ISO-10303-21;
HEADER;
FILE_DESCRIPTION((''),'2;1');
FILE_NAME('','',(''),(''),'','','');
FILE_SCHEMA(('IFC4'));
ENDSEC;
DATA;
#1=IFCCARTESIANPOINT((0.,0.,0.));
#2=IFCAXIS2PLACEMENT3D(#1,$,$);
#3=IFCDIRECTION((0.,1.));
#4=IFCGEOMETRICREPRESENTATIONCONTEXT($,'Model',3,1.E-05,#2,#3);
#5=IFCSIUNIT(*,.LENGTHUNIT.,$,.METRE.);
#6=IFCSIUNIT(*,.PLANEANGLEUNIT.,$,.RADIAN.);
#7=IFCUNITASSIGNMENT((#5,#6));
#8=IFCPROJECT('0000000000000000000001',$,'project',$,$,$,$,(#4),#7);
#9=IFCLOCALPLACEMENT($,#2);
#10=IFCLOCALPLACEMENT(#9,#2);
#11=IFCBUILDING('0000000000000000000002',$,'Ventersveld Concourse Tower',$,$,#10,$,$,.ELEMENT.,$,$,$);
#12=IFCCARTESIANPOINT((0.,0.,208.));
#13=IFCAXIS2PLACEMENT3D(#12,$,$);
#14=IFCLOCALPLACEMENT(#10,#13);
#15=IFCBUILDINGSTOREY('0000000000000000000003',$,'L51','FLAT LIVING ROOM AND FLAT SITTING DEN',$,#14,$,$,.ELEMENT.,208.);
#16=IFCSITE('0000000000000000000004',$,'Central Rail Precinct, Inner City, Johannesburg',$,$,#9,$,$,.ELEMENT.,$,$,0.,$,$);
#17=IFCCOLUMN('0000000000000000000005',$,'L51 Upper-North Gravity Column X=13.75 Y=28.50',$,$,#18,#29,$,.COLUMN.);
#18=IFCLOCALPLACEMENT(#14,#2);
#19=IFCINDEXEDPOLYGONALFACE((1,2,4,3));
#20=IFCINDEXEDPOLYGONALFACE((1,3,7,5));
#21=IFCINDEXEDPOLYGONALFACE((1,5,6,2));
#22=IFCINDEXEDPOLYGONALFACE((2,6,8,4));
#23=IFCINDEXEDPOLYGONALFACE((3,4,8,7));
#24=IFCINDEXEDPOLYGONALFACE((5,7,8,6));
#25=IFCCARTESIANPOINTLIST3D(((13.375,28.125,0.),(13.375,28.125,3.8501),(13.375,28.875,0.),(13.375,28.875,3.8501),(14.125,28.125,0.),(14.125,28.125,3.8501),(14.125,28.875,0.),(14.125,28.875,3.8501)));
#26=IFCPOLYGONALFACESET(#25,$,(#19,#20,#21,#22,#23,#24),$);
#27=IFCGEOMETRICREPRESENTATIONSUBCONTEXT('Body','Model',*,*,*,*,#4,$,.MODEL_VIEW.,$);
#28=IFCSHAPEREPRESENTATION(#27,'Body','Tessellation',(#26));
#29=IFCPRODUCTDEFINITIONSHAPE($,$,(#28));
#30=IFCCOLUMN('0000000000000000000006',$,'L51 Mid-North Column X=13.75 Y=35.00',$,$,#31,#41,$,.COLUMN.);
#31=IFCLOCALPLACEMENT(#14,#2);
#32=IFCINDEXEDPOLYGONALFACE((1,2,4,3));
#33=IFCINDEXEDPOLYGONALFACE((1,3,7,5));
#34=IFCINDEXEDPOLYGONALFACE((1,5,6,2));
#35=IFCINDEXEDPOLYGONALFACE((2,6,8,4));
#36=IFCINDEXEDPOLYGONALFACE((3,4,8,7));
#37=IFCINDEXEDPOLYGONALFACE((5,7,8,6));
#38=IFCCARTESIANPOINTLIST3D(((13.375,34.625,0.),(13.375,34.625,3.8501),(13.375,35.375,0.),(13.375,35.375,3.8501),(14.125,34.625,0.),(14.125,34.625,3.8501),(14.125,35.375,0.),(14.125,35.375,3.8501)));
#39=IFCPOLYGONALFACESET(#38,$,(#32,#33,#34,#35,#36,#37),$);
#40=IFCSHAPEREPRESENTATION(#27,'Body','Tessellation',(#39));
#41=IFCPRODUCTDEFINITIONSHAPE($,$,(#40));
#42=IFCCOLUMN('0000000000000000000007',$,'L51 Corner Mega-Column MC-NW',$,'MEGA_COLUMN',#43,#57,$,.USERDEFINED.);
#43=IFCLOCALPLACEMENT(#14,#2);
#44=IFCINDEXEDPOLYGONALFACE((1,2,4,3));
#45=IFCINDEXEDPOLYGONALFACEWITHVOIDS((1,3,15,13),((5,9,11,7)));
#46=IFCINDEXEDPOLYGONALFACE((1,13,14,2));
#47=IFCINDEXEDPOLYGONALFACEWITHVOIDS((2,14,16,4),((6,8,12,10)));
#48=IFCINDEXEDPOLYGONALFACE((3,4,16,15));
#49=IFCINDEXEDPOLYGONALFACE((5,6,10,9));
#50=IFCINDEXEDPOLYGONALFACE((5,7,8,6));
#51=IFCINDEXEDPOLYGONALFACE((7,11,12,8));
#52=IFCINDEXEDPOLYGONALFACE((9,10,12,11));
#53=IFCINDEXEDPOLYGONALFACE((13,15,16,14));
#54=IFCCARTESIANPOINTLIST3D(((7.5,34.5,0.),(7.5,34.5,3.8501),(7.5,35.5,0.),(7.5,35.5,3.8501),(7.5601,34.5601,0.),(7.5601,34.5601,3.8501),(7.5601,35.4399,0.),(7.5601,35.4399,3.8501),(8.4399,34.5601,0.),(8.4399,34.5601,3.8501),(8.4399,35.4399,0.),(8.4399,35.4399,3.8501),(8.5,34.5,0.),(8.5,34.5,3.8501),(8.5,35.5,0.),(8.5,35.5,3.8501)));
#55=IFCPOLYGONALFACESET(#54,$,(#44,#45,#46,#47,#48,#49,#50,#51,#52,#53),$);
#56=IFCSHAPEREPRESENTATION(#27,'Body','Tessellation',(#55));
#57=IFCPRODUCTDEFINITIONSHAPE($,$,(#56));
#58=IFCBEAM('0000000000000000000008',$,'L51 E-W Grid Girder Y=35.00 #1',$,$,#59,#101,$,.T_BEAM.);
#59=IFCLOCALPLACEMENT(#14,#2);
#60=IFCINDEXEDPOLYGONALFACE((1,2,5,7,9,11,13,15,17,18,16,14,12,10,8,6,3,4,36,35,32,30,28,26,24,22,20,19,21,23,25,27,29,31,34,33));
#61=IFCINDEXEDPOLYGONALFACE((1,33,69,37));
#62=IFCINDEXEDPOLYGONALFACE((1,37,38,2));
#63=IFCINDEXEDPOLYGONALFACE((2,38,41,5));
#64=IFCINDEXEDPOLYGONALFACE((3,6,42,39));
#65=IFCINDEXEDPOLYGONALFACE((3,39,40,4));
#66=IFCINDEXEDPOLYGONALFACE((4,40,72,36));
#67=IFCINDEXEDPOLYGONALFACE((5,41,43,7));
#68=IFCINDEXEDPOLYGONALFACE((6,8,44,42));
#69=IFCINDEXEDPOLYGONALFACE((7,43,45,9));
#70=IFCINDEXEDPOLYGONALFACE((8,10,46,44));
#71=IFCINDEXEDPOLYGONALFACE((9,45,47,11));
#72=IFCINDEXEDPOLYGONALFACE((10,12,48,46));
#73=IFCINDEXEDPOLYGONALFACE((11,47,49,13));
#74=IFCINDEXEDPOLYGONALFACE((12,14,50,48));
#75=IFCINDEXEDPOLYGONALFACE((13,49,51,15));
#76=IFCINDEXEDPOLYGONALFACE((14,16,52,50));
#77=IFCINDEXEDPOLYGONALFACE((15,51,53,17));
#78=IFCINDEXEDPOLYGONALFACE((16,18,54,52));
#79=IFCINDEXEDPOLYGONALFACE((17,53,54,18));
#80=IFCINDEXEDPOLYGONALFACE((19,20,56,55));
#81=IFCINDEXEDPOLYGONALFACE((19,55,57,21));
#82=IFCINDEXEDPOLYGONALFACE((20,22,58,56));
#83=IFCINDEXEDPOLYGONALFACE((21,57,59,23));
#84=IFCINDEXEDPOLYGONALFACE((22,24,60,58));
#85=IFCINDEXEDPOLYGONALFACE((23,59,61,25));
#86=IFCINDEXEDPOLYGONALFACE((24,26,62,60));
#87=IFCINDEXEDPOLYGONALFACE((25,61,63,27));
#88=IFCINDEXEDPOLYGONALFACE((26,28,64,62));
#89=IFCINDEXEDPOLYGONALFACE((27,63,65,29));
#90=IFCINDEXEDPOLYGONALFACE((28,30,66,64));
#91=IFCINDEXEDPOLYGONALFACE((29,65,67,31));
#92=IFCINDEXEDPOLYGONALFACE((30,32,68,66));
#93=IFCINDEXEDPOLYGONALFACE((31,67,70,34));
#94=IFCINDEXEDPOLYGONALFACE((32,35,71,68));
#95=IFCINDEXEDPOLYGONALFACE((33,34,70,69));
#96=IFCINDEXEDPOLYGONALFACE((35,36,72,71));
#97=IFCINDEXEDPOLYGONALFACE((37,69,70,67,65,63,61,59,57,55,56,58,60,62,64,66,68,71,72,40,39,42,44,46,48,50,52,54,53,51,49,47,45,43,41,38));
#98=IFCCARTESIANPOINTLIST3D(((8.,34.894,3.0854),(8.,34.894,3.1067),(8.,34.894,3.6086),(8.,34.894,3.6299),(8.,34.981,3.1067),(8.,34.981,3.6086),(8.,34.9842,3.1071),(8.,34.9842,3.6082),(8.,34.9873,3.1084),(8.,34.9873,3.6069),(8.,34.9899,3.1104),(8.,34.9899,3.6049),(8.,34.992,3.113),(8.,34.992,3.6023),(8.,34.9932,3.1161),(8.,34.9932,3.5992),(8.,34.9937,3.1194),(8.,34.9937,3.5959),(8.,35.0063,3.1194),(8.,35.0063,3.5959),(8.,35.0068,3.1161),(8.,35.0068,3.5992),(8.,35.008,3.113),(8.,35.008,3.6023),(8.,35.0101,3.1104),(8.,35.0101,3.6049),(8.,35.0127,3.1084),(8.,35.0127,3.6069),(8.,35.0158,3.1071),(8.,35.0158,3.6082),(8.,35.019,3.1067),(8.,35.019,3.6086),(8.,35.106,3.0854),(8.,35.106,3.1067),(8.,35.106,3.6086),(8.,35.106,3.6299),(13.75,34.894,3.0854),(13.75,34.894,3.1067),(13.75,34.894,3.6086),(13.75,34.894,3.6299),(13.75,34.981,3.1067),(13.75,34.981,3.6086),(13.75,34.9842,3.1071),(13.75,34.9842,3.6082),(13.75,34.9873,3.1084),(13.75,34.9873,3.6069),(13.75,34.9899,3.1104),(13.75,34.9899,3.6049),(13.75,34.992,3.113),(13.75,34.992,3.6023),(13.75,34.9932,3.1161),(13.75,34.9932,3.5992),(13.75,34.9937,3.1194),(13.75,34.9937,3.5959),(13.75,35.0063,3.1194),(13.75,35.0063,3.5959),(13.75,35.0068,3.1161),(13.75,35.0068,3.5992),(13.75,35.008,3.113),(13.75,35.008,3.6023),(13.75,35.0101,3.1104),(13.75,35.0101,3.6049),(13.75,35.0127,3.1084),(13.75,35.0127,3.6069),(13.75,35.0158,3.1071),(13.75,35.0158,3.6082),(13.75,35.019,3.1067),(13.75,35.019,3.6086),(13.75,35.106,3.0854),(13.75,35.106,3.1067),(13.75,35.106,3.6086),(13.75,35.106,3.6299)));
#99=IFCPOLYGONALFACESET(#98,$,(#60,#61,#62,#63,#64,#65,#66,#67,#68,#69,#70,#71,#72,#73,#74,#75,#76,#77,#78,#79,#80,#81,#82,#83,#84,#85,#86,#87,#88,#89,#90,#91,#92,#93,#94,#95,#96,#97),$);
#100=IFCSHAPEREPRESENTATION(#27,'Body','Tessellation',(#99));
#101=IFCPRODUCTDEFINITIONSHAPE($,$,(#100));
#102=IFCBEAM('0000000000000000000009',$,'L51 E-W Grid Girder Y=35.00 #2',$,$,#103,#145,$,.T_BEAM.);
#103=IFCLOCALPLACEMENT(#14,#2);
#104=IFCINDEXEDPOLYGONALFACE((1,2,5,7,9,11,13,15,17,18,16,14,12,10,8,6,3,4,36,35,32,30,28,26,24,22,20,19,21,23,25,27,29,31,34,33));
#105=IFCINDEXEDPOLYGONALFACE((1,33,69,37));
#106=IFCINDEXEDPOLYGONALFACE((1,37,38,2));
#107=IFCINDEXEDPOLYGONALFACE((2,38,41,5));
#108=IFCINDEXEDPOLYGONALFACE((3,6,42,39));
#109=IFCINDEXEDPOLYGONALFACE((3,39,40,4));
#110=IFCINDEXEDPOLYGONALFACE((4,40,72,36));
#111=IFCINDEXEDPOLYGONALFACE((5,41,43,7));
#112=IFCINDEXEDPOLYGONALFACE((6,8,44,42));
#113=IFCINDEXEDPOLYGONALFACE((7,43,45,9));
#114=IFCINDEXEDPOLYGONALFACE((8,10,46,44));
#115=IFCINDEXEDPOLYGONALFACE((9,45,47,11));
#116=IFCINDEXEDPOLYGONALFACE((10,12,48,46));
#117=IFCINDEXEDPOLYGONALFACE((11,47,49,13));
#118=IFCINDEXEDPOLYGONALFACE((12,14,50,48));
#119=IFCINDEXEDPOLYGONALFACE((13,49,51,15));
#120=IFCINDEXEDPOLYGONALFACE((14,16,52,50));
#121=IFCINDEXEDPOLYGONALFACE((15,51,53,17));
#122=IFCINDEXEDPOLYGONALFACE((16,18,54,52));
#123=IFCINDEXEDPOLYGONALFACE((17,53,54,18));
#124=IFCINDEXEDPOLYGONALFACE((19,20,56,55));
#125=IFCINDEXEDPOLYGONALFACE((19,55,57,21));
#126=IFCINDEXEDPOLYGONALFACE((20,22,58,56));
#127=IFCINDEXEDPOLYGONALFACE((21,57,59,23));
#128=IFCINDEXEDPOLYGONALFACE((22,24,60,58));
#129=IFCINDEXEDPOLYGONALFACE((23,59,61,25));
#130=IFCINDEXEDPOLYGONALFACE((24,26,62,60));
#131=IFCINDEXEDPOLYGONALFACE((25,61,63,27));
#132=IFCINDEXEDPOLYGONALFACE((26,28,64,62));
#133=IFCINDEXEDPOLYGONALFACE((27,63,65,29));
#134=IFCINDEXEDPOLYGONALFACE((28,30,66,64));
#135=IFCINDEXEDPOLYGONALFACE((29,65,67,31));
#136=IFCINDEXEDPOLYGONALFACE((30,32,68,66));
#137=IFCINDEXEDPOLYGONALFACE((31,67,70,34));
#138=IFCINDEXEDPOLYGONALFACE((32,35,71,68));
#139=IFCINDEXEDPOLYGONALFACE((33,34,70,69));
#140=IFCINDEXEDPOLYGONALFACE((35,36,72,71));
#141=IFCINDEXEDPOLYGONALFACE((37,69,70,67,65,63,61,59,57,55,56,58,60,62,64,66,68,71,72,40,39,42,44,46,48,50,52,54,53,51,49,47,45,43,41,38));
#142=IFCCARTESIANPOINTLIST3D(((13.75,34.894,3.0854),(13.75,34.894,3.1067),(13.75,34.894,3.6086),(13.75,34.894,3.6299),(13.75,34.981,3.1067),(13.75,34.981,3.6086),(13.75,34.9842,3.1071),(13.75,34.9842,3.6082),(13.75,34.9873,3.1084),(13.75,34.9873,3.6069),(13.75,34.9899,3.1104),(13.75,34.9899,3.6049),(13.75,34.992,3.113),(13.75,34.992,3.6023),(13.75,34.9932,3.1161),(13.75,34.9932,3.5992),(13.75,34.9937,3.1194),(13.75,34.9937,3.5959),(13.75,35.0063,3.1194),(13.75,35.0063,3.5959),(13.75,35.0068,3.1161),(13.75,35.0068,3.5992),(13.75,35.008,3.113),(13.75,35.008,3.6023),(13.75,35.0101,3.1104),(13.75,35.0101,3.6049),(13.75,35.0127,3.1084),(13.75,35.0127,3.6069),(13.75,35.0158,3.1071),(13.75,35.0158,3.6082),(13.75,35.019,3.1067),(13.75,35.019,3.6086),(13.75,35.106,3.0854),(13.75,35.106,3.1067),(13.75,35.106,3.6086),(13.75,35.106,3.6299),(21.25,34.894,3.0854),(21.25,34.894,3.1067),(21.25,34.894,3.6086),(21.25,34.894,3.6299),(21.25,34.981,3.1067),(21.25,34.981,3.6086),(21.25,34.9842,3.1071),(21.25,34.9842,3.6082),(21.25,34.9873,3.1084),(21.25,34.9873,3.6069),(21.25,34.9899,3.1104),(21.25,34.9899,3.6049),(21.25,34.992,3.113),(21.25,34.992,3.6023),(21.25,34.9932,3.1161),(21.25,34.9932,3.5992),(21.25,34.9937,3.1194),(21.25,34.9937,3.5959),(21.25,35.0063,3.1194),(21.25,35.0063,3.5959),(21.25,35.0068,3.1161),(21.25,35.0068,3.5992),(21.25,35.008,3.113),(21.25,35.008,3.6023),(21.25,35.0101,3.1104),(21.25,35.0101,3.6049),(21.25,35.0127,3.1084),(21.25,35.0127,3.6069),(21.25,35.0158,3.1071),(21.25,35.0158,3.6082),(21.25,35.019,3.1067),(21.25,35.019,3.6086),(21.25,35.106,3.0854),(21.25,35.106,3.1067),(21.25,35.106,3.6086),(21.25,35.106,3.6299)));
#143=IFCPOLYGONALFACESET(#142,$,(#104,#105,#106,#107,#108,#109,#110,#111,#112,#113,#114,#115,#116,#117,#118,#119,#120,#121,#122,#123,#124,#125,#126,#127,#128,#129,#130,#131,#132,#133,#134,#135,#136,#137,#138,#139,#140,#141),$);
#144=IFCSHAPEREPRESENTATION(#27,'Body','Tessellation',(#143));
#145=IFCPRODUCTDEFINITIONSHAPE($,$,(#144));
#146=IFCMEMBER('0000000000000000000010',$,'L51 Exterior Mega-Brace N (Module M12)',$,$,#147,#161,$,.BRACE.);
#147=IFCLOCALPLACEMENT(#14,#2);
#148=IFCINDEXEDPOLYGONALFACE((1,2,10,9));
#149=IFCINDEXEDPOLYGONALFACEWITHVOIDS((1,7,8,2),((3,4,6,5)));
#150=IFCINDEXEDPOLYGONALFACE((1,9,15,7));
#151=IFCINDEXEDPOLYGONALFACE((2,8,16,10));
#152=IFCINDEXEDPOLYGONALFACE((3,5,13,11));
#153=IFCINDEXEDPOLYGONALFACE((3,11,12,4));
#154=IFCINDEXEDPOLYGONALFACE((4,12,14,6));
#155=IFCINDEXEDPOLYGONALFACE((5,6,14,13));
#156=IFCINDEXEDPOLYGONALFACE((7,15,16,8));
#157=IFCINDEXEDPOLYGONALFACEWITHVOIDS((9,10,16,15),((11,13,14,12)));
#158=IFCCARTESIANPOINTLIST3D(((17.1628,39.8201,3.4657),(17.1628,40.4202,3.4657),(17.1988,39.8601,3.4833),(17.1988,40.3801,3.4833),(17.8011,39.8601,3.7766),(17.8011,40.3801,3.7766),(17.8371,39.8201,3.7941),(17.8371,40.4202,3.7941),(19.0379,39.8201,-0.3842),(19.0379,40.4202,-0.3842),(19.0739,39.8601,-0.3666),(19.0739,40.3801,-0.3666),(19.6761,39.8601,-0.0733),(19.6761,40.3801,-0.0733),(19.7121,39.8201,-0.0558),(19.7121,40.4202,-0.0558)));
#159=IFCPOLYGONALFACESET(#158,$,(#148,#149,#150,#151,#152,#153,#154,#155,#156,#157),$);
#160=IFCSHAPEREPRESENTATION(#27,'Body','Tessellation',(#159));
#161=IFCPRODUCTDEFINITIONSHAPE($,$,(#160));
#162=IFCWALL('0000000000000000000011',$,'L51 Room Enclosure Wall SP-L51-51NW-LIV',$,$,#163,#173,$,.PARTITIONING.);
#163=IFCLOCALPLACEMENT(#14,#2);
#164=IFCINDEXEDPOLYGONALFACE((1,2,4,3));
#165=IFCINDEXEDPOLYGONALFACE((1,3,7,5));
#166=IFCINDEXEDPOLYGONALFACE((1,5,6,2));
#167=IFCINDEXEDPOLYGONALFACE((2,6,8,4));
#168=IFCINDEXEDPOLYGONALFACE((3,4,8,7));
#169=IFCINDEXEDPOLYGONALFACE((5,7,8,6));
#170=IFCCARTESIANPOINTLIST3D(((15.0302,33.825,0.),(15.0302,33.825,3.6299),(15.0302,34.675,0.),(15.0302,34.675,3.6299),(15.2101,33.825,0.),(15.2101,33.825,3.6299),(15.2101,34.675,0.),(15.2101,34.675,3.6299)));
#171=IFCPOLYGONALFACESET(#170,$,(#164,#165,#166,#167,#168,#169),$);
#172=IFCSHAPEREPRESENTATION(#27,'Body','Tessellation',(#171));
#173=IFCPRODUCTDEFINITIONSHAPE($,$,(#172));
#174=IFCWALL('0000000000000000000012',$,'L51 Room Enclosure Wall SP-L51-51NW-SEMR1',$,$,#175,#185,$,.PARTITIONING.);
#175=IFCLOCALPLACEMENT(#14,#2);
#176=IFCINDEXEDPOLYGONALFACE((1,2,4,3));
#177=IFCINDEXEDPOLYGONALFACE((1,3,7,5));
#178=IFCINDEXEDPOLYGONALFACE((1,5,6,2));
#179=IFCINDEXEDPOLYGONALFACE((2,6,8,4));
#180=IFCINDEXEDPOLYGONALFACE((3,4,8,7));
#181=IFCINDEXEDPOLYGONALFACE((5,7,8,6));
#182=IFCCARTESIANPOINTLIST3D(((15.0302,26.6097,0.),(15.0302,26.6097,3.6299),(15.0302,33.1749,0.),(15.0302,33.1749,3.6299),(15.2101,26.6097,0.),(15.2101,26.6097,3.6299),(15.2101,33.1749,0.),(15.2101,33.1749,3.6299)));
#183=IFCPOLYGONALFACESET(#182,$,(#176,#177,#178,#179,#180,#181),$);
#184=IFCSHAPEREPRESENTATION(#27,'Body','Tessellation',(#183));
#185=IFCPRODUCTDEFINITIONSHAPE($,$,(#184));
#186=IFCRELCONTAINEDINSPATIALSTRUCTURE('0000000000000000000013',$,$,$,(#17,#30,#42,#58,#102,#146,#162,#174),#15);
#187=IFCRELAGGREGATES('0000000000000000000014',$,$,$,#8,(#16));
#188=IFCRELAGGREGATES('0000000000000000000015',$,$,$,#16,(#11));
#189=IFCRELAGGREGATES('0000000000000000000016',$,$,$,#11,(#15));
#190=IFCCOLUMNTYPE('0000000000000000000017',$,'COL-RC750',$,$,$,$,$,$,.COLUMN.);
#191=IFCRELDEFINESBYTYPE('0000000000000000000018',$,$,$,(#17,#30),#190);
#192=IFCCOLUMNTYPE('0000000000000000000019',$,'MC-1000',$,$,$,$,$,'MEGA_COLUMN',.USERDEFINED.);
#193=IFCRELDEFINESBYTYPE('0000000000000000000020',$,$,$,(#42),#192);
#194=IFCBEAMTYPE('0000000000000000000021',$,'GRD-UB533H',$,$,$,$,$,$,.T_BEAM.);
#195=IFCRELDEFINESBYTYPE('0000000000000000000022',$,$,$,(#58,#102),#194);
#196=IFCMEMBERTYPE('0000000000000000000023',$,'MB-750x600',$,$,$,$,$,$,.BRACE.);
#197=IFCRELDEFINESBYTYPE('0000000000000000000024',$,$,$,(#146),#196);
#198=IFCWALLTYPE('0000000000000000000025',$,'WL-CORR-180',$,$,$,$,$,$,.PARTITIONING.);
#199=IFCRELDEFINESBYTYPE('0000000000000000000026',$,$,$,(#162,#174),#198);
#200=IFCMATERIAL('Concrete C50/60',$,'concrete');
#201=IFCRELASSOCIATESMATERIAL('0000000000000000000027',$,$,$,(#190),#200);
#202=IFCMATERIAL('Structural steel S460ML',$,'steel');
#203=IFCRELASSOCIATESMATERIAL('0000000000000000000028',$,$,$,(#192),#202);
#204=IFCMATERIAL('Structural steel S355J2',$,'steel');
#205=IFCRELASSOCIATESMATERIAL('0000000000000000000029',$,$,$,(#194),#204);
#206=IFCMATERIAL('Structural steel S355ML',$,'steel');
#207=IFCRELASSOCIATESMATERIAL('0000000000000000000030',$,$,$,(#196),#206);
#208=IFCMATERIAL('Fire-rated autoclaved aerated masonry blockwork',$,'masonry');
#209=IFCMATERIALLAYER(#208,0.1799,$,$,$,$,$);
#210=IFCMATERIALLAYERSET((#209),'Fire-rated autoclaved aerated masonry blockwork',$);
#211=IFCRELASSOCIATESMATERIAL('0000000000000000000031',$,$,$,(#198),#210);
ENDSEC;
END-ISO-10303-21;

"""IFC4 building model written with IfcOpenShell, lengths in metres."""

from ifc_helpers import new_model, si_unit, direction, frame, frame_2d, origin, origin_2d, place, context, subcontext, project, spatial, rectangle, hollow_rectangle, i_section, extrude, material, layer, layer_set, material_profile, profile_set, type_object, element, save


model = new_model("IFC4")

# Units and contexts
model_context = context("Model", 3, precision=1e-05, world=origin(), true_north=direction((0.0, 1.0)))
body_context = subcontext(model_context, "Body", "Model", "MODEL_VIEW")
ifc_project = project(units=[si_unit("LENGTHUNIT", "METRE"), si_unit("PLANEANGLEUNIT", "RADIAN")], contexts=[model_context])

# Site, building, storey
site_placement = place(None, origin())
site = spatial("IfcSite", under=ifc_project, at=site_placement, Name="Central Rail Precinct, Inner City, Johannesburg", CompositionType="ELEMENT", RefElevation=0.0)
building_placement = place(site_placement, origin())
building = spatial("IfcBuilding", under=site, at=building_placement, Name="Ventersveld Concourse Tower", CompositionType="ELEMENT")
storey_placement = place(building_placement, frame((0.0, 0.0, 208.0)))
storey = spatial("IfcBuildingStorey", under=building, at=storey_placement, Name="L51", Description="FLAT LIVING ROOM AND FLAT SITTING DEN", CompositionType="ELEMENT", Elevation=208.0)

# Columns
ifc_material_1 = material(Name="Concrete C50/60", Category="concrete")
ifc_material_profile_1 = material_profile(ifc_material_1, rectangle(XDim=0.75, YDim=0.75, at=origin_2d()), Name="RC 750x750")
ifc_profile_set_1 = profile_set([ifc_material_profile_1], Name="Concrete C50/60")
column_type_1 = type_object("IfcColumnType", Name="COL-RC750", PredefinedType="COLUMN", material=ifc_profile_set_1)
for number, where, z_axis, x_axis, name in (
    (1, (13.75, 28.5, 0.0), (0.0, 0.0, 1.0), (1.0, 0.0, 0.0), "L51 Upper-North Gravity Column X=13.75 Y=28.50"),
    (2, (13.75, 35.0, 0.0), (0.0, 0.0, 1.0), (1.0, 0.0, 0.0), "L51 Mid-North Column X=13.75 Y=35.00"),
):
    element("IfcColumn", number, at=place(storey_placement, frame(where, z_axis=z_axis, x_axis=x_axis)), inside=storey, type_object=column_type_1, Name=name, PredefinedType="COLUMN", context=body_context, shape_type="SweptSolid", body=[
        extrude(rectangle(XDim=0.75, YDim=0.75, at=origin_2d()), origin(), (0.0, 0.0, 1.0), 3.8501),
    ])
ifc_material_2 = material(Name="Structural steel S460ML", Category="steel")
ifc_material_profile_2 = material_profile(ifc_material_2, hollow_rectangle(XDim=1.0, YDim=1.0, WallThickness=0.0601, at=origin_2d()), Name="BOX 1000x1000x60")
ifc_profile_set_2 = profile_set([ifc_material_profile_2], Name="Structural steel S460ML")
column_type_2 = type_object("IfcColumnType", Name="MC-1000", ElementType="MEGA_COLUMN", PredefinedType="USERDEFINED", material=ifc_profile_set_2)
column_placement = place(storey_placement, frame((8.0, 35.0, 0.0), z_axis=(0.0, 0.0, 1.0), x_axis=(1.0, 0.0, 0.0)))
element("IfcColumn", 3, at=column_placement, inside=storey, type_object=column_type_2, Name="L51 Corner Mega-Column MC-NW", ObjectType="MEGA_COLUMN", PredefinedType="USERDEFINED", context=body_context, shape_type="SweptSolid", body=[
    extrude(hollow_rectangle(XDim=1.0, YDim=1.0, WallThickness=0.0601, at=origin_2d()), origin(), (0.0, 0.0, 1.0), 3.8501),
])

# Beams
ifc_material_3 = material(Name="Structural steel S355J2", Category="steel")
ifc_material_profile_3 = material_profile(ifc_material_3, i_section(OverallWidth=0.2119, OverallDepth=0.5444, WebThickness=0.0127, FlangeThickness=0.0212, FilletRadius=0.0127, at=origin_2d()), Name="UB 533x210x122")
ifc_profile_set_3 = profile_set([ifc_material_profile_3], Name="Structural steel S355J2")
beam_type = type_object("IfcBeamType", Name="GRD-UB533H", PredefinedType="T_BEAM", material=ifc_profile_set_3)
beam_1_placement = place(storey_placement, frame((8.0, 35.0, 3.3577), z_axis=(1.0, 0.0, 0.0), x_axis=(0.0, 1.0, 0.0)))
element("IfcBeam", 4, at=beam_1_placement, inside=storey, type_object=beam_type, Name="L51 E-W Grid Girder Y=35.00 #1", PredefinedType="T_BEAM", context=body_context, shape_type="SweptSolid", body=[
    extrude(i_section(OverallWidth=0.2119, OverallDepth=0.5444, WebThickness=0.0127, FlangeThickness=0.0212, FilletRadius=0.0127, at=origin_2d()), origin(), (0.0, 0.0, 1.0), 5.75),
])
beam_2_placement = place(storey_placement, frame((13.75, 35.0, 3.3577), z_axis=(1.0, 0.0, 0.0), x_axis=(0.0, 1.0, 0.0)))
element("IfcBeam", 5, at=beam_2_placement, inside=storey, type_object=beam_type, Name="L51 E-W Grid Girder Y=35.00 #2", PredefinedType="T_BEAM", context=body_context, shape_type="SweptSolid", body=[
    extrude(i_section(OverallWidth=0.2119, OverallDepth=0.5444, WebThickness=0.0127, FlangeThickness=0.0212, FilletRadius=0.0127, at=origin_2d()), origin(), (0.0, 0.0, 1.0), 7.5),
])

# Member
ifc_material_4 = material(Name="Structural steel S355ML", Category="steel")
ifc_material_profile_4 = material_profile(ifc_material_4, hollow_rectangle(XDim=0.6001, YDim=0.75, WallThickness=0.04, at=origin_2d()), Name="BOX 750x600x40")
ifc_profile_set_4 = profile_set([ifc_material_profile_4], Name="Structural steel S355ML")
member_type = type_object("IfcMemberType", Name="MB-750x600", PredefinedType="BRACE", material=ifc_profile_set_4)
member_placement = place(storey_placement, frame((19.375, 40.1201, -0.22), z_axis=(-0.437862, 0.0, 0.899042), x_axis=(0.0, -1.0, 0.0)))
element("IfcMember", 6, at=member_placement, inside=storey, type_object=member_type, Name="L51 Exterior Mega-Brace N (Module M12)", PredefinedType="BRACE", context=body_context, shape_type="SweptSolid", body=[
    extrude(hollow_rectangle(XDim=0.6001, YDim=0.75, WallThickness=0.04, at=origin_2d()), origin(), (0.0, 0.0, 1.0), 4.2822),
])

# Walls
ifc_material_5 = material(Name="Fire-rated autoclaved aerated masonry blockwork", Category="masonry")
ifc_layer_1 = layer(ifc_material_5, 0.1799)
ifc_layer_set_1 = layer_set([ifc_layer_1], Name="Fire-rated autoclaved aerated masonry blockwork")
wall_type_1 = type_object("IfcWallType", Name="WL-CORR-180", PredefinedType="PARTITIONING", material=ifc_layer_set_1)
wall_1_placement = place(storey_placement, frame((15.1201, 34.675, 0.0), z_axis=(0.0, 0.0, 1.0), x_axis=(0.0, -1.0, 0.0)))
element("IfcWall", 7, at=wall_1_placement, inside=storey, type_object=wall_type_1, Name="L51 Room Enclosure Wall SP-L51-51NW-LIV", PredefinedType="PARTITIONING", context=body_context, shape_type="SweptSolid", body=[
    extrude(rectangle(XDim=0.8501, YDim=0.1799, at=frame_2d((0.425, 0.0))), origin(), (0.0, 0.0, 1.0), 3.6299),
])
wall_2_placement = place(storey_placement, frame((15.1201, 33.175, 0.0), z_axis=(0.0, 0.0, 1.0), x_axis=(0.0, -1.0, 0.0)))
element("IfcWall", 8, at=wall_2_placement, inside=storey, type_object=wall_type_1, Name="L51 Room Enclosure Wall SP-L51-51NW-SEMR1", PredefinedType="PARTITIONING", context=body_context, shape_type="SweptSolid", body=[
    extrude(rectangle(XDim=6.5652, YDim=0.1799, at=frame_2d((3.2827, 0.0))), origin(), (0.0, 0.0, 1.0), 3.6299),
])

save(model, "model.ifc")
